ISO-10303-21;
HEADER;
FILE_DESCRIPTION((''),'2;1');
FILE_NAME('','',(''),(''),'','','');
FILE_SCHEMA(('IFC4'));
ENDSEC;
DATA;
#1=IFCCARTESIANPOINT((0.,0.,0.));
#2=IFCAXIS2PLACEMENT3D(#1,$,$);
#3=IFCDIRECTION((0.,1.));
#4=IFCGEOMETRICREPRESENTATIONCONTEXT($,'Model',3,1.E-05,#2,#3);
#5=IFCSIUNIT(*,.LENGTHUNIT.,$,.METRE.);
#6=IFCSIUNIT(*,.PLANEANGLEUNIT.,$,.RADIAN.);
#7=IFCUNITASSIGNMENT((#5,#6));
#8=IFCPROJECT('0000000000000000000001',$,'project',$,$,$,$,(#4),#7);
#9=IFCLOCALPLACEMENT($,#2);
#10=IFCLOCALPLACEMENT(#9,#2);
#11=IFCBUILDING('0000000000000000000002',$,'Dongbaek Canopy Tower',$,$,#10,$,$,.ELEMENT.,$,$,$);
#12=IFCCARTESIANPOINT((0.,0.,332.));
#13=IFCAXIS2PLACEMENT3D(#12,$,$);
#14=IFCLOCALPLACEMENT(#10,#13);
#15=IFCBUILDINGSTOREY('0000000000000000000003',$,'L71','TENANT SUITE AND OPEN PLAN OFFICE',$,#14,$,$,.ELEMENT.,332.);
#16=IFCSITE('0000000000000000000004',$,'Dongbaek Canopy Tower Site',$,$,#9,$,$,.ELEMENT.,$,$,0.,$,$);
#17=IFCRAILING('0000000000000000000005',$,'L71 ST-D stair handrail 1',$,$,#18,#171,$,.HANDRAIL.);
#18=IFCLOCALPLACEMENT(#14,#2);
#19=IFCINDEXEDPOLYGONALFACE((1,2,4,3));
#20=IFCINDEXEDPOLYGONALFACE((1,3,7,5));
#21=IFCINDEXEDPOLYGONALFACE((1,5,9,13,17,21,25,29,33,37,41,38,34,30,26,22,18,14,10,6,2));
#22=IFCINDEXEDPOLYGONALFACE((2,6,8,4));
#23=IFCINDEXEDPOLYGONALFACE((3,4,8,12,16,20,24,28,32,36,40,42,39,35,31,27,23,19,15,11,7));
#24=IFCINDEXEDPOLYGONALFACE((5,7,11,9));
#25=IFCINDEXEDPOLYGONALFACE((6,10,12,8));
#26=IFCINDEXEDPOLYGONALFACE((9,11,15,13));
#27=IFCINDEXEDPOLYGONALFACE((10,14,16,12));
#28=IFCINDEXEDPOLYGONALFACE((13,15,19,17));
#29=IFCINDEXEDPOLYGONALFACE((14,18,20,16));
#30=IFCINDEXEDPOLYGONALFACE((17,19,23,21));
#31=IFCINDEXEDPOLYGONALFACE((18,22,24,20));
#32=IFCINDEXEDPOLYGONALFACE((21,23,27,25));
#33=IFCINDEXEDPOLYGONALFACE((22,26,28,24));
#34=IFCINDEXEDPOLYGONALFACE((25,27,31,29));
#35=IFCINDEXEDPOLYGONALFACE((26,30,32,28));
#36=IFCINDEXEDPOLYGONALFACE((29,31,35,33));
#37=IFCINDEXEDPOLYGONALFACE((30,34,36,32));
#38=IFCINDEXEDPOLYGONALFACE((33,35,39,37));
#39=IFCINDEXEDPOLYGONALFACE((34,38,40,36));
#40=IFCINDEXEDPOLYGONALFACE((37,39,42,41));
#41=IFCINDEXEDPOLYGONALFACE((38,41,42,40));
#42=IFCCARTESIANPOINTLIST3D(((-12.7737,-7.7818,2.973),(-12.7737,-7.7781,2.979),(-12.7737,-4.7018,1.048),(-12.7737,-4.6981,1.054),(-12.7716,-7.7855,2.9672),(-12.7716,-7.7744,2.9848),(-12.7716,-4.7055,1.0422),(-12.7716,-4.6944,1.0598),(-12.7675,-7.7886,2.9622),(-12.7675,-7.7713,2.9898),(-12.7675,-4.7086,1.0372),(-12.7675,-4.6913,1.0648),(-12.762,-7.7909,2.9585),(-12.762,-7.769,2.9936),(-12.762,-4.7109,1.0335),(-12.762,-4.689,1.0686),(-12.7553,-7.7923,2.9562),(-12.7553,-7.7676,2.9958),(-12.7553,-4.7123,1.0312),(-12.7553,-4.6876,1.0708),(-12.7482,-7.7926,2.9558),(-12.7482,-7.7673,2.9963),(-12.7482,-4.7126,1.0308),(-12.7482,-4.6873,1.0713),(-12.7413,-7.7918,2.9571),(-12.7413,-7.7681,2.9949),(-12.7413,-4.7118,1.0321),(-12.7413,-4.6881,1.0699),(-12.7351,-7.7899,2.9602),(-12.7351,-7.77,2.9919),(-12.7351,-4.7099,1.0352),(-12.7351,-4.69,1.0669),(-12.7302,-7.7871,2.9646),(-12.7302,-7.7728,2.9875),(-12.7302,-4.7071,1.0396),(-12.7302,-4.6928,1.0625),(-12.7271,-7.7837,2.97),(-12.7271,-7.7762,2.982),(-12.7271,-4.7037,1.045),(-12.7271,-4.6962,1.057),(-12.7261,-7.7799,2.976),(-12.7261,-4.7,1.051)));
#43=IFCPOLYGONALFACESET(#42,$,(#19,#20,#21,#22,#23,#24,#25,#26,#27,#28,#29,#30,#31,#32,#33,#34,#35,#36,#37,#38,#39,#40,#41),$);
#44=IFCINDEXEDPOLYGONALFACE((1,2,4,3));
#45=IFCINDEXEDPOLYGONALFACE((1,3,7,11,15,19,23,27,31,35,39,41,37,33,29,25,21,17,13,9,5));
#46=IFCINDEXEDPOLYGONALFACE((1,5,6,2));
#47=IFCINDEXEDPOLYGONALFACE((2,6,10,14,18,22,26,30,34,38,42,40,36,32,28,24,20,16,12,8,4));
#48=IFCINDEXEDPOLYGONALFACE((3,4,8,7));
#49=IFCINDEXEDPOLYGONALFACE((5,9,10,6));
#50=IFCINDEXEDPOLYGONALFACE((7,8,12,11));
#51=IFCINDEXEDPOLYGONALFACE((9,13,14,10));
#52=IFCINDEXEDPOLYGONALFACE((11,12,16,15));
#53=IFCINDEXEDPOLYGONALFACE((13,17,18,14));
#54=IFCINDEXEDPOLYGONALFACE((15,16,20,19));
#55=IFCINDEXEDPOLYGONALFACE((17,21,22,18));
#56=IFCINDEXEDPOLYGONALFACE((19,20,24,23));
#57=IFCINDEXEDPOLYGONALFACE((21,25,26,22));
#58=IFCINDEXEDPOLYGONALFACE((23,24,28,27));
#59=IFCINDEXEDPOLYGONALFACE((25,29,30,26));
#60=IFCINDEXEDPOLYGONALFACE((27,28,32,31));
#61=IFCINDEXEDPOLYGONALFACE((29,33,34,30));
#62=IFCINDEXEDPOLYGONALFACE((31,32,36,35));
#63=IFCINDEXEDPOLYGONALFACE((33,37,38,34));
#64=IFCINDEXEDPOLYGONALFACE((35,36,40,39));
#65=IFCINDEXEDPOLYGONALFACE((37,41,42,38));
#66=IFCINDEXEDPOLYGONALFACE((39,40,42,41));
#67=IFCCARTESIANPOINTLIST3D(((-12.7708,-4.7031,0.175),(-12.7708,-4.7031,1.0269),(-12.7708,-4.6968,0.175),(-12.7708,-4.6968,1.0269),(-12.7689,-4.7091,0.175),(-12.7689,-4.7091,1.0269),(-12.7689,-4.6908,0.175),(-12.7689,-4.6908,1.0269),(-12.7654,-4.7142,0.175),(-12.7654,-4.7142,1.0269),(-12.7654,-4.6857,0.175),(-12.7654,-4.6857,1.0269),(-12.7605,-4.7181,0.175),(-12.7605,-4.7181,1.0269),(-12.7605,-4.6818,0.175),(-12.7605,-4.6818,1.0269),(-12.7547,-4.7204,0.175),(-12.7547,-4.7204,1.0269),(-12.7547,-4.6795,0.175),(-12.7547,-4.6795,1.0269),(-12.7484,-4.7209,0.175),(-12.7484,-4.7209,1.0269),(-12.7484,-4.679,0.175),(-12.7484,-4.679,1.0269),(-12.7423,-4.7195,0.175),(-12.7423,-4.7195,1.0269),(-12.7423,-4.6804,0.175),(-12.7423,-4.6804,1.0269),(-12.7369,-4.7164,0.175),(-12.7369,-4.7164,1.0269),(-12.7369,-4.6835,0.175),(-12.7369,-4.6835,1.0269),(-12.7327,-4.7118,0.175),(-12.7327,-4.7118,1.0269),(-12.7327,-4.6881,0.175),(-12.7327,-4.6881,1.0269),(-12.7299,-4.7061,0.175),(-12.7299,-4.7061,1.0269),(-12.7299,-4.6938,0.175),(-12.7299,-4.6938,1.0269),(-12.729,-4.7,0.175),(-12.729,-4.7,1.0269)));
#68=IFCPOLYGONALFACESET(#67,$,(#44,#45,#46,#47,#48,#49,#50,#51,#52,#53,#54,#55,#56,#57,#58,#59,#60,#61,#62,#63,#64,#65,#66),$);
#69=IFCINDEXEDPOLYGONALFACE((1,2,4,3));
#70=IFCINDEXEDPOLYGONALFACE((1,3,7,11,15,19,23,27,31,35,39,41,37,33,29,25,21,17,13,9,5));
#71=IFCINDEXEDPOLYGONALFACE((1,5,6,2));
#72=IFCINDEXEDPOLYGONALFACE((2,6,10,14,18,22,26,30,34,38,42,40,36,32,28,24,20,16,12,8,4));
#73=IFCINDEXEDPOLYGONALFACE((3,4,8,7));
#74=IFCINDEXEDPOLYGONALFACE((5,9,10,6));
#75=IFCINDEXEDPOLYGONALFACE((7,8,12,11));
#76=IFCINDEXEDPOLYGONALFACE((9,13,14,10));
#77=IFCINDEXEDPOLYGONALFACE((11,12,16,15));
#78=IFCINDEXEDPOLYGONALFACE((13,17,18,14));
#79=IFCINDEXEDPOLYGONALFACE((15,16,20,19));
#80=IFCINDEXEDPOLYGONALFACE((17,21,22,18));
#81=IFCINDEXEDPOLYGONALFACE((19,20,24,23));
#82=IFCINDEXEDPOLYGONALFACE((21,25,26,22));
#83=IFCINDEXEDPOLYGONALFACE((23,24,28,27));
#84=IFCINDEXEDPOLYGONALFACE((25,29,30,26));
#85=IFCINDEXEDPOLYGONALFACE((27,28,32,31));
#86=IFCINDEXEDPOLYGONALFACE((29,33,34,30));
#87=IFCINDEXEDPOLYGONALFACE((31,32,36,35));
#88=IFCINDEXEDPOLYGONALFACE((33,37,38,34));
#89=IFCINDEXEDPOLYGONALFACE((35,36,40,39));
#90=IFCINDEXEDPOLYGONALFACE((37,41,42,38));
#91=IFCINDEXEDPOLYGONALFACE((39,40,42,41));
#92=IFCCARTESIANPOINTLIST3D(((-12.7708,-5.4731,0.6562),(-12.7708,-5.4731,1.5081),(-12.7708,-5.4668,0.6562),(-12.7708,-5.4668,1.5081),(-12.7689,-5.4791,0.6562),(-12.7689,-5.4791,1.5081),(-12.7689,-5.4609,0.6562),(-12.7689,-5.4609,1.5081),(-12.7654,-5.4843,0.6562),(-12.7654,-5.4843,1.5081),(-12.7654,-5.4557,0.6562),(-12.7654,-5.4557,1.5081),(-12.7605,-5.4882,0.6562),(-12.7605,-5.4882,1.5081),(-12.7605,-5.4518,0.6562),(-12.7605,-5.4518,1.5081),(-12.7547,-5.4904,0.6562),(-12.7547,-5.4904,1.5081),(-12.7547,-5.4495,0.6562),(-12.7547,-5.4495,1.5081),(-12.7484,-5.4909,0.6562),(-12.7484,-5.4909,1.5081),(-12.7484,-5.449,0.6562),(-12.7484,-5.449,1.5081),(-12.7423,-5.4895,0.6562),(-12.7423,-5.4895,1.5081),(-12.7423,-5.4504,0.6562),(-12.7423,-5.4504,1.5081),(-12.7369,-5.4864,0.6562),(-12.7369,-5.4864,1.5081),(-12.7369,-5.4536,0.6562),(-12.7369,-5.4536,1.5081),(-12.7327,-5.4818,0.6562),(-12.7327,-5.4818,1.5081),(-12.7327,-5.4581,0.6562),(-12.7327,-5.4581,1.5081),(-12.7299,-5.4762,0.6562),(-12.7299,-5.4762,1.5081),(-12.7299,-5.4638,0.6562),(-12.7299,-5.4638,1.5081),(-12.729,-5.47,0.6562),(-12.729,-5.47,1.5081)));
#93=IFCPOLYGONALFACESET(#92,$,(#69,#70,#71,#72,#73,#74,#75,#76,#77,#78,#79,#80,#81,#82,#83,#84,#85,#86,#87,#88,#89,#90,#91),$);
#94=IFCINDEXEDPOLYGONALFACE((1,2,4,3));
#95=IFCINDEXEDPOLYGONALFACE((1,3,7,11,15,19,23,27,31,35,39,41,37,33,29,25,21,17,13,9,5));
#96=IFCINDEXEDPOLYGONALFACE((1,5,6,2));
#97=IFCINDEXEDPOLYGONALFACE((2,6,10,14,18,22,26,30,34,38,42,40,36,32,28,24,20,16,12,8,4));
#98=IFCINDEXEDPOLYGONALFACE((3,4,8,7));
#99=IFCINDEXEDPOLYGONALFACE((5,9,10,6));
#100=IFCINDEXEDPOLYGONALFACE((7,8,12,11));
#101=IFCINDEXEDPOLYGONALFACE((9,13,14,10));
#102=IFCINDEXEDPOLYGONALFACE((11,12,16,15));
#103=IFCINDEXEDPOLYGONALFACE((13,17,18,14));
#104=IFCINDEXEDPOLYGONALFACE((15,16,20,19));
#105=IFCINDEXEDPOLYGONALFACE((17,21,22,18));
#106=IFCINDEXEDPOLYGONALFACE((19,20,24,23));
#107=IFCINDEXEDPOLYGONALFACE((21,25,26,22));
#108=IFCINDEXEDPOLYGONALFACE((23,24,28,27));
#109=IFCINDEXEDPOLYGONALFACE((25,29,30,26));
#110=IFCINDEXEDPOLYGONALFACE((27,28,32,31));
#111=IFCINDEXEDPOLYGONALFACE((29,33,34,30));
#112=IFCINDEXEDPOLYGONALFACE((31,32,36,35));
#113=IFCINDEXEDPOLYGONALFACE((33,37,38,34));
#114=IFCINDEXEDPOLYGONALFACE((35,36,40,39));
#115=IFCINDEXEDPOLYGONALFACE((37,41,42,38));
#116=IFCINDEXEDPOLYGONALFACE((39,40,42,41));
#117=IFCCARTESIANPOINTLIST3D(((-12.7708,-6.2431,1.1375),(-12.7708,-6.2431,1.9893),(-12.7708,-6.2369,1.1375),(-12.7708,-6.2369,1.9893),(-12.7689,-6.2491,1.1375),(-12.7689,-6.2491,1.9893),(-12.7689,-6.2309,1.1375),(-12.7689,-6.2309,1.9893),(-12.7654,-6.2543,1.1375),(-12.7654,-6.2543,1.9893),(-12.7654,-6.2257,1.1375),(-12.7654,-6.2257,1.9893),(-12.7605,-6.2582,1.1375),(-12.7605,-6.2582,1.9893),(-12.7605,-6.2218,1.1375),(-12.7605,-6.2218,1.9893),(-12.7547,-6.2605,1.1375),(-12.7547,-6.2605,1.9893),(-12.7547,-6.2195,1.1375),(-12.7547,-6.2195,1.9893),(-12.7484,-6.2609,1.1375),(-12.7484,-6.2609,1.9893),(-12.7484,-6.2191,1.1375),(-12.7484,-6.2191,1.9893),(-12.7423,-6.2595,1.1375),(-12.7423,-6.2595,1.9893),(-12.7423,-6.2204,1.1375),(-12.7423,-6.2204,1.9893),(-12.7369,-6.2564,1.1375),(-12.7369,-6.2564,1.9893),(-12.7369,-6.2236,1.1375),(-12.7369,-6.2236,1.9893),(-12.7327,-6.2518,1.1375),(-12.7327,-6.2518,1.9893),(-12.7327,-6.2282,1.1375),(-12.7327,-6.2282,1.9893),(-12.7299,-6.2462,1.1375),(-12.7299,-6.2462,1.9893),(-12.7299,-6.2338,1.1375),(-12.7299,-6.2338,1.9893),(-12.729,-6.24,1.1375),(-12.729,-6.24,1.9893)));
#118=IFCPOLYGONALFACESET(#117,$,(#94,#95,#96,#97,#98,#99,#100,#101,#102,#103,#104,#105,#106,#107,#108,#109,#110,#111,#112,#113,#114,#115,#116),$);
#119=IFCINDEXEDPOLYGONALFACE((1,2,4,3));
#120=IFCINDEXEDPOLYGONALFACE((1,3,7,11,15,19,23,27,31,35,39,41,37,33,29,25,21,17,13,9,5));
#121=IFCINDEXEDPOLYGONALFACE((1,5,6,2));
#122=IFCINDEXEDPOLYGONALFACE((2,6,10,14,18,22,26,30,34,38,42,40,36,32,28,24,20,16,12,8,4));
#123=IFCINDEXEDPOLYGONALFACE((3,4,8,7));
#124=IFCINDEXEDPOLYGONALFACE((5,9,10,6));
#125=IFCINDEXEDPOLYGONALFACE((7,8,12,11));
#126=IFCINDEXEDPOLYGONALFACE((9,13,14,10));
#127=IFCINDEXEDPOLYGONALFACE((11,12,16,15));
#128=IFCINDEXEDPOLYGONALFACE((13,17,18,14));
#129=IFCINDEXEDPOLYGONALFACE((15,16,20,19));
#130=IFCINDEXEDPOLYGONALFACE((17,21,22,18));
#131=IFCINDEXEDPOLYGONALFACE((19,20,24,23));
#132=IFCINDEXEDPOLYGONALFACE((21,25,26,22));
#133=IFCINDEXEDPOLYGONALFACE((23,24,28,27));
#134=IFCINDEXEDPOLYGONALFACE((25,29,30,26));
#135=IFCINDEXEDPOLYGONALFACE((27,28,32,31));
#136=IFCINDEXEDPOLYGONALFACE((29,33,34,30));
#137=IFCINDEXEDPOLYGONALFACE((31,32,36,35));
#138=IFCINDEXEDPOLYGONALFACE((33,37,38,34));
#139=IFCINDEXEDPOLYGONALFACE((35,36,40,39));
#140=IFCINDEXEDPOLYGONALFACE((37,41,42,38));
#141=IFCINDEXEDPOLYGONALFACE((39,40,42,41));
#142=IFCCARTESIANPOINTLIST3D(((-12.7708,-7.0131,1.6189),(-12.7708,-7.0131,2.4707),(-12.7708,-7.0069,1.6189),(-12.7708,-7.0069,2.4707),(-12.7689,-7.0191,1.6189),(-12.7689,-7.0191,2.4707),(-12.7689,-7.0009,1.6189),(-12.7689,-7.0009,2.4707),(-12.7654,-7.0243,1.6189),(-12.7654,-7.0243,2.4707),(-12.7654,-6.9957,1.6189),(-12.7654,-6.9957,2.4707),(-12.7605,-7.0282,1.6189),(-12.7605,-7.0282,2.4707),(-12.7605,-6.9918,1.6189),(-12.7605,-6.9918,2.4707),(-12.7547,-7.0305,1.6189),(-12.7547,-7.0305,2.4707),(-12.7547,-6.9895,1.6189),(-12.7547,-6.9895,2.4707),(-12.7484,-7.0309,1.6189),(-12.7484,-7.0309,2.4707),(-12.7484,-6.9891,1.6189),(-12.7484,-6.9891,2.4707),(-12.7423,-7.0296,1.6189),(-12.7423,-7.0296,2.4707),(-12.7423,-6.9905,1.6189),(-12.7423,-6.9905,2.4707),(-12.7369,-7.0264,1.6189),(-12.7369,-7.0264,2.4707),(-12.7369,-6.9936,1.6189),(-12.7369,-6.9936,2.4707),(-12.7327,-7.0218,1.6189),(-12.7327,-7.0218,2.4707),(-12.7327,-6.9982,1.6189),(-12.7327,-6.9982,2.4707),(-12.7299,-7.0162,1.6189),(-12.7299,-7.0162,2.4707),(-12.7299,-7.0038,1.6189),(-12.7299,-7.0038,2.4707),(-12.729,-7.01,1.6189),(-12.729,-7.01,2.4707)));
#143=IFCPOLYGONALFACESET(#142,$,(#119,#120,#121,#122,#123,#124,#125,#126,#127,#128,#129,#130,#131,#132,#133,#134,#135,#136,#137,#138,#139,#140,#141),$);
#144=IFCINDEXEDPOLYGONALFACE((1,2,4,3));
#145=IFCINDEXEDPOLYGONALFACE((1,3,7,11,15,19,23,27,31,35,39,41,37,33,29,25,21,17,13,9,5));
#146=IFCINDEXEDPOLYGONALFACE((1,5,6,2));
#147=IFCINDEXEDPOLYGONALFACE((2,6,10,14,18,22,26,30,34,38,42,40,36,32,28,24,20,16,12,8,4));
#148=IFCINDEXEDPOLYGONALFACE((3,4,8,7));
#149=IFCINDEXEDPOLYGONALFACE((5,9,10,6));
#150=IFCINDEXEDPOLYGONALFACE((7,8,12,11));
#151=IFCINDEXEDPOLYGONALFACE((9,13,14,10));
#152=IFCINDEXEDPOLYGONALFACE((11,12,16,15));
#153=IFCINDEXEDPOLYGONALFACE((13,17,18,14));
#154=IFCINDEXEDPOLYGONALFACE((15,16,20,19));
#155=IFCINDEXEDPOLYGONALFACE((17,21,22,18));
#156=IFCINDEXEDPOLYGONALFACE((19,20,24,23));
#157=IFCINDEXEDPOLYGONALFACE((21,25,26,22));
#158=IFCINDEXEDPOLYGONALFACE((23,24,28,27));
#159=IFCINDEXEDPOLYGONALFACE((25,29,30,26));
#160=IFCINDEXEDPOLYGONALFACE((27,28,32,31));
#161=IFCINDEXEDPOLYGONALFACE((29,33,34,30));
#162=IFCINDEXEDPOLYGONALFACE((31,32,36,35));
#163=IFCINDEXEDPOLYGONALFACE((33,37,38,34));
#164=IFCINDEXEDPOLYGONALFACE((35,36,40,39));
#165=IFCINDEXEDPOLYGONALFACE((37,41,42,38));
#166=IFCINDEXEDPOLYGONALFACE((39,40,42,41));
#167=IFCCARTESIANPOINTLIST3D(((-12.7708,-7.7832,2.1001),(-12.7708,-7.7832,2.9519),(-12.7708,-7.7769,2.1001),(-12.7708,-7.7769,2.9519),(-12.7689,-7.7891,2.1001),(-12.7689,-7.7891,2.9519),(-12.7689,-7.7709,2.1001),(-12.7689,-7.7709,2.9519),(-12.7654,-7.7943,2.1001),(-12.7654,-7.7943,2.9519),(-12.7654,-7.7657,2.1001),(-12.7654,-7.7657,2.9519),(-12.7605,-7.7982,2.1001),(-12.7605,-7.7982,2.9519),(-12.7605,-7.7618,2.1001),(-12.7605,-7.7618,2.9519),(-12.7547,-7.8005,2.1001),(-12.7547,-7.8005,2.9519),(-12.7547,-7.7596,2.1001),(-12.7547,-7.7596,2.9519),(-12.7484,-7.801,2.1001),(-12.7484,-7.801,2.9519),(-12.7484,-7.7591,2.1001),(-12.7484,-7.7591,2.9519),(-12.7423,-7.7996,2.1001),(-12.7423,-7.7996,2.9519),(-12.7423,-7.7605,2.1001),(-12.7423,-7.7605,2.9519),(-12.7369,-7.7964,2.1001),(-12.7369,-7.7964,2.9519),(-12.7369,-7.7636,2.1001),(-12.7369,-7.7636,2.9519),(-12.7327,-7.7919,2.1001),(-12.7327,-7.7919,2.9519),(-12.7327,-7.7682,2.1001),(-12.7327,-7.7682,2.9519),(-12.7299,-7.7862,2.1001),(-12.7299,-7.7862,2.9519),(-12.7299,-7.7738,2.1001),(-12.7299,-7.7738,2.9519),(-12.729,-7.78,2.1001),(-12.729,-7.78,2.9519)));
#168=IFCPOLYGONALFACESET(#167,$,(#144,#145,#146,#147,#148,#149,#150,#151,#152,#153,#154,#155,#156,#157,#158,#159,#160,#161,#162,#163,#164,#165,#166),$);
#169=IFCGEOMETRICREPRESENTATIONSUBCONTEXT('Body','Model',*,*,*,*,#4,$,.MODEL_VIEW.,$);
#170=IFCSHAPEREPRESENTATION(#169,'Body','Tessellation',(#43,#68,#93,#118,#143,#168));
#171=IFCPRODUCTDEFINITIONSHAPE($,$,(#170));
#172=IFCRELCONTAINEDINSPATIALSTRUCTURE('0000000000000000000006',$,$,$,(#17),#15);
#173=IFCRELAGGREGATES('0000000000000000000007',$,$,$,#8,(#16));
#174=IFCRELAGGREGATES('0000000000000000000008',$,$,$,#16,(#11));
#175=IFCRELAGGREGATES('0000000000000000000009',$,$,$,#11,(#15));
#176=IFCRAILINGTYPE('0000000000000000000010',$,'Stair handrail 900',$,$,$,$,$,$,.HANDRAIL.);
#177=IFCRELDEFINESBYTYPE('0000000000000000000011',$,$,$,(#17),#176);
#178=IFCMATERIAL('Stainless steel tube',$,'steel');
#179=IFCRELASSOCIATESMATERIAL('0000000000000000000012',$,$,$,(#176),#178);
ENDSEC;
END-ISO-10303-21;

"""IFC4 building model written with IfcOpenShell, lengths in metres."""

from ifc_helpers import new_model, si_unit, direction, frame, origin, origin_2d, place, context, subcontext, project, spatial, circle, extrude, material, type_object, element, save


model = new_model("IFC4")

# Units and contexts
model_context = context("Model", 3, precision=1e-05, world=origin(), true_north=direction((0.0, 1.0)))
body_context = subcontext(model_context, "Body", "Model", "MODEL_VIEW")
ifc_project = project(units=[si_unit("LENGTHUNIT", "METRE"), si_unit("PLANEANGLEUNIT", "RADIAN")], contexts=[model_context])

# Site, building, storey
site_placement = place(None, origin())
site = spatial("IfcSite", under=ifc_project, at=site_placement, Name="Dongbaek Canopy Tower Site", CompositionType="ELEMENT", RefElevation=0.0)
building_placement = place(site_placement, origin())
building = spatial("IfcBuilding", under=site, at=building_placement, Name="Dongbaek Canopy Tower", CompositionType="ELEMENT")
storey_placement = place(building_placement, frame((0.0, 0.0, 332.0)))
storey = spatial("IfcBuildingStorey", under=building, at=storey_placement, Name="L71", Description="TENANT SUITE AND OPEN PLAN OFFICE", CompositionType="ELEMENT", Elevation=332.0)

# Railing
ifc_material_1 = material(Name="Stainless steel tube", Category="steel")
railing_type_1 = type_object("IfcRailingType", Name="Stair handrail 900", PredefinedType="HANDRAIL", material=ifc_material_1)
railing_1_placement = place(storey_placement, frame((-12.75, -4.7, 0.175)))
element("IfcRailing", 1, at=railing_1_placement, inside=storey, type_object=railing_type_1, Name="L71 ST-D stair handrail 1", PredefinedType="HANDRAIL", context=body_context, shape_type="SweptSolid", body=[
    extrude(circle(Radius=0.0239, at=origin_2d()), frame((0.0, 0.0, 0.876), z_axis=(0.0, -0.847998, 0.529999), x_axis=(1.0, 0.0, 0.0)), (0.0, 0.0, 1.0), 3.6321),
    extrude(circle(Radius=0.021, at=origin_2d()), origin(), (0.0, 0.0, 1.0), 0.8518),
    extrude(circle(Radius=0.021, at=origin_2d()), frame((0.0, -0.77, 0.4812)), (0.0, 0.0, 1.0), 0.8518),
    extrude(circle(Radius=0.021, at=origin_2d()), frame((0.0, -1.54, 0.9624)), (0.0, 0.0, 1.0), 0.8518),
    extrude(circle(Radius=0.021, at=origin_2d()), frame((0.0, -2.3101, 1.4438)), (0.0, 0.0, 1.0), 0.8518),
    extrude(circle(Radius=0.021, at=origin_2d()), frame((0.0, -3.0801, 1.925)), (0.0, 0.0, 1.0), 0.8518),
])

save(model, "model.ifc")
